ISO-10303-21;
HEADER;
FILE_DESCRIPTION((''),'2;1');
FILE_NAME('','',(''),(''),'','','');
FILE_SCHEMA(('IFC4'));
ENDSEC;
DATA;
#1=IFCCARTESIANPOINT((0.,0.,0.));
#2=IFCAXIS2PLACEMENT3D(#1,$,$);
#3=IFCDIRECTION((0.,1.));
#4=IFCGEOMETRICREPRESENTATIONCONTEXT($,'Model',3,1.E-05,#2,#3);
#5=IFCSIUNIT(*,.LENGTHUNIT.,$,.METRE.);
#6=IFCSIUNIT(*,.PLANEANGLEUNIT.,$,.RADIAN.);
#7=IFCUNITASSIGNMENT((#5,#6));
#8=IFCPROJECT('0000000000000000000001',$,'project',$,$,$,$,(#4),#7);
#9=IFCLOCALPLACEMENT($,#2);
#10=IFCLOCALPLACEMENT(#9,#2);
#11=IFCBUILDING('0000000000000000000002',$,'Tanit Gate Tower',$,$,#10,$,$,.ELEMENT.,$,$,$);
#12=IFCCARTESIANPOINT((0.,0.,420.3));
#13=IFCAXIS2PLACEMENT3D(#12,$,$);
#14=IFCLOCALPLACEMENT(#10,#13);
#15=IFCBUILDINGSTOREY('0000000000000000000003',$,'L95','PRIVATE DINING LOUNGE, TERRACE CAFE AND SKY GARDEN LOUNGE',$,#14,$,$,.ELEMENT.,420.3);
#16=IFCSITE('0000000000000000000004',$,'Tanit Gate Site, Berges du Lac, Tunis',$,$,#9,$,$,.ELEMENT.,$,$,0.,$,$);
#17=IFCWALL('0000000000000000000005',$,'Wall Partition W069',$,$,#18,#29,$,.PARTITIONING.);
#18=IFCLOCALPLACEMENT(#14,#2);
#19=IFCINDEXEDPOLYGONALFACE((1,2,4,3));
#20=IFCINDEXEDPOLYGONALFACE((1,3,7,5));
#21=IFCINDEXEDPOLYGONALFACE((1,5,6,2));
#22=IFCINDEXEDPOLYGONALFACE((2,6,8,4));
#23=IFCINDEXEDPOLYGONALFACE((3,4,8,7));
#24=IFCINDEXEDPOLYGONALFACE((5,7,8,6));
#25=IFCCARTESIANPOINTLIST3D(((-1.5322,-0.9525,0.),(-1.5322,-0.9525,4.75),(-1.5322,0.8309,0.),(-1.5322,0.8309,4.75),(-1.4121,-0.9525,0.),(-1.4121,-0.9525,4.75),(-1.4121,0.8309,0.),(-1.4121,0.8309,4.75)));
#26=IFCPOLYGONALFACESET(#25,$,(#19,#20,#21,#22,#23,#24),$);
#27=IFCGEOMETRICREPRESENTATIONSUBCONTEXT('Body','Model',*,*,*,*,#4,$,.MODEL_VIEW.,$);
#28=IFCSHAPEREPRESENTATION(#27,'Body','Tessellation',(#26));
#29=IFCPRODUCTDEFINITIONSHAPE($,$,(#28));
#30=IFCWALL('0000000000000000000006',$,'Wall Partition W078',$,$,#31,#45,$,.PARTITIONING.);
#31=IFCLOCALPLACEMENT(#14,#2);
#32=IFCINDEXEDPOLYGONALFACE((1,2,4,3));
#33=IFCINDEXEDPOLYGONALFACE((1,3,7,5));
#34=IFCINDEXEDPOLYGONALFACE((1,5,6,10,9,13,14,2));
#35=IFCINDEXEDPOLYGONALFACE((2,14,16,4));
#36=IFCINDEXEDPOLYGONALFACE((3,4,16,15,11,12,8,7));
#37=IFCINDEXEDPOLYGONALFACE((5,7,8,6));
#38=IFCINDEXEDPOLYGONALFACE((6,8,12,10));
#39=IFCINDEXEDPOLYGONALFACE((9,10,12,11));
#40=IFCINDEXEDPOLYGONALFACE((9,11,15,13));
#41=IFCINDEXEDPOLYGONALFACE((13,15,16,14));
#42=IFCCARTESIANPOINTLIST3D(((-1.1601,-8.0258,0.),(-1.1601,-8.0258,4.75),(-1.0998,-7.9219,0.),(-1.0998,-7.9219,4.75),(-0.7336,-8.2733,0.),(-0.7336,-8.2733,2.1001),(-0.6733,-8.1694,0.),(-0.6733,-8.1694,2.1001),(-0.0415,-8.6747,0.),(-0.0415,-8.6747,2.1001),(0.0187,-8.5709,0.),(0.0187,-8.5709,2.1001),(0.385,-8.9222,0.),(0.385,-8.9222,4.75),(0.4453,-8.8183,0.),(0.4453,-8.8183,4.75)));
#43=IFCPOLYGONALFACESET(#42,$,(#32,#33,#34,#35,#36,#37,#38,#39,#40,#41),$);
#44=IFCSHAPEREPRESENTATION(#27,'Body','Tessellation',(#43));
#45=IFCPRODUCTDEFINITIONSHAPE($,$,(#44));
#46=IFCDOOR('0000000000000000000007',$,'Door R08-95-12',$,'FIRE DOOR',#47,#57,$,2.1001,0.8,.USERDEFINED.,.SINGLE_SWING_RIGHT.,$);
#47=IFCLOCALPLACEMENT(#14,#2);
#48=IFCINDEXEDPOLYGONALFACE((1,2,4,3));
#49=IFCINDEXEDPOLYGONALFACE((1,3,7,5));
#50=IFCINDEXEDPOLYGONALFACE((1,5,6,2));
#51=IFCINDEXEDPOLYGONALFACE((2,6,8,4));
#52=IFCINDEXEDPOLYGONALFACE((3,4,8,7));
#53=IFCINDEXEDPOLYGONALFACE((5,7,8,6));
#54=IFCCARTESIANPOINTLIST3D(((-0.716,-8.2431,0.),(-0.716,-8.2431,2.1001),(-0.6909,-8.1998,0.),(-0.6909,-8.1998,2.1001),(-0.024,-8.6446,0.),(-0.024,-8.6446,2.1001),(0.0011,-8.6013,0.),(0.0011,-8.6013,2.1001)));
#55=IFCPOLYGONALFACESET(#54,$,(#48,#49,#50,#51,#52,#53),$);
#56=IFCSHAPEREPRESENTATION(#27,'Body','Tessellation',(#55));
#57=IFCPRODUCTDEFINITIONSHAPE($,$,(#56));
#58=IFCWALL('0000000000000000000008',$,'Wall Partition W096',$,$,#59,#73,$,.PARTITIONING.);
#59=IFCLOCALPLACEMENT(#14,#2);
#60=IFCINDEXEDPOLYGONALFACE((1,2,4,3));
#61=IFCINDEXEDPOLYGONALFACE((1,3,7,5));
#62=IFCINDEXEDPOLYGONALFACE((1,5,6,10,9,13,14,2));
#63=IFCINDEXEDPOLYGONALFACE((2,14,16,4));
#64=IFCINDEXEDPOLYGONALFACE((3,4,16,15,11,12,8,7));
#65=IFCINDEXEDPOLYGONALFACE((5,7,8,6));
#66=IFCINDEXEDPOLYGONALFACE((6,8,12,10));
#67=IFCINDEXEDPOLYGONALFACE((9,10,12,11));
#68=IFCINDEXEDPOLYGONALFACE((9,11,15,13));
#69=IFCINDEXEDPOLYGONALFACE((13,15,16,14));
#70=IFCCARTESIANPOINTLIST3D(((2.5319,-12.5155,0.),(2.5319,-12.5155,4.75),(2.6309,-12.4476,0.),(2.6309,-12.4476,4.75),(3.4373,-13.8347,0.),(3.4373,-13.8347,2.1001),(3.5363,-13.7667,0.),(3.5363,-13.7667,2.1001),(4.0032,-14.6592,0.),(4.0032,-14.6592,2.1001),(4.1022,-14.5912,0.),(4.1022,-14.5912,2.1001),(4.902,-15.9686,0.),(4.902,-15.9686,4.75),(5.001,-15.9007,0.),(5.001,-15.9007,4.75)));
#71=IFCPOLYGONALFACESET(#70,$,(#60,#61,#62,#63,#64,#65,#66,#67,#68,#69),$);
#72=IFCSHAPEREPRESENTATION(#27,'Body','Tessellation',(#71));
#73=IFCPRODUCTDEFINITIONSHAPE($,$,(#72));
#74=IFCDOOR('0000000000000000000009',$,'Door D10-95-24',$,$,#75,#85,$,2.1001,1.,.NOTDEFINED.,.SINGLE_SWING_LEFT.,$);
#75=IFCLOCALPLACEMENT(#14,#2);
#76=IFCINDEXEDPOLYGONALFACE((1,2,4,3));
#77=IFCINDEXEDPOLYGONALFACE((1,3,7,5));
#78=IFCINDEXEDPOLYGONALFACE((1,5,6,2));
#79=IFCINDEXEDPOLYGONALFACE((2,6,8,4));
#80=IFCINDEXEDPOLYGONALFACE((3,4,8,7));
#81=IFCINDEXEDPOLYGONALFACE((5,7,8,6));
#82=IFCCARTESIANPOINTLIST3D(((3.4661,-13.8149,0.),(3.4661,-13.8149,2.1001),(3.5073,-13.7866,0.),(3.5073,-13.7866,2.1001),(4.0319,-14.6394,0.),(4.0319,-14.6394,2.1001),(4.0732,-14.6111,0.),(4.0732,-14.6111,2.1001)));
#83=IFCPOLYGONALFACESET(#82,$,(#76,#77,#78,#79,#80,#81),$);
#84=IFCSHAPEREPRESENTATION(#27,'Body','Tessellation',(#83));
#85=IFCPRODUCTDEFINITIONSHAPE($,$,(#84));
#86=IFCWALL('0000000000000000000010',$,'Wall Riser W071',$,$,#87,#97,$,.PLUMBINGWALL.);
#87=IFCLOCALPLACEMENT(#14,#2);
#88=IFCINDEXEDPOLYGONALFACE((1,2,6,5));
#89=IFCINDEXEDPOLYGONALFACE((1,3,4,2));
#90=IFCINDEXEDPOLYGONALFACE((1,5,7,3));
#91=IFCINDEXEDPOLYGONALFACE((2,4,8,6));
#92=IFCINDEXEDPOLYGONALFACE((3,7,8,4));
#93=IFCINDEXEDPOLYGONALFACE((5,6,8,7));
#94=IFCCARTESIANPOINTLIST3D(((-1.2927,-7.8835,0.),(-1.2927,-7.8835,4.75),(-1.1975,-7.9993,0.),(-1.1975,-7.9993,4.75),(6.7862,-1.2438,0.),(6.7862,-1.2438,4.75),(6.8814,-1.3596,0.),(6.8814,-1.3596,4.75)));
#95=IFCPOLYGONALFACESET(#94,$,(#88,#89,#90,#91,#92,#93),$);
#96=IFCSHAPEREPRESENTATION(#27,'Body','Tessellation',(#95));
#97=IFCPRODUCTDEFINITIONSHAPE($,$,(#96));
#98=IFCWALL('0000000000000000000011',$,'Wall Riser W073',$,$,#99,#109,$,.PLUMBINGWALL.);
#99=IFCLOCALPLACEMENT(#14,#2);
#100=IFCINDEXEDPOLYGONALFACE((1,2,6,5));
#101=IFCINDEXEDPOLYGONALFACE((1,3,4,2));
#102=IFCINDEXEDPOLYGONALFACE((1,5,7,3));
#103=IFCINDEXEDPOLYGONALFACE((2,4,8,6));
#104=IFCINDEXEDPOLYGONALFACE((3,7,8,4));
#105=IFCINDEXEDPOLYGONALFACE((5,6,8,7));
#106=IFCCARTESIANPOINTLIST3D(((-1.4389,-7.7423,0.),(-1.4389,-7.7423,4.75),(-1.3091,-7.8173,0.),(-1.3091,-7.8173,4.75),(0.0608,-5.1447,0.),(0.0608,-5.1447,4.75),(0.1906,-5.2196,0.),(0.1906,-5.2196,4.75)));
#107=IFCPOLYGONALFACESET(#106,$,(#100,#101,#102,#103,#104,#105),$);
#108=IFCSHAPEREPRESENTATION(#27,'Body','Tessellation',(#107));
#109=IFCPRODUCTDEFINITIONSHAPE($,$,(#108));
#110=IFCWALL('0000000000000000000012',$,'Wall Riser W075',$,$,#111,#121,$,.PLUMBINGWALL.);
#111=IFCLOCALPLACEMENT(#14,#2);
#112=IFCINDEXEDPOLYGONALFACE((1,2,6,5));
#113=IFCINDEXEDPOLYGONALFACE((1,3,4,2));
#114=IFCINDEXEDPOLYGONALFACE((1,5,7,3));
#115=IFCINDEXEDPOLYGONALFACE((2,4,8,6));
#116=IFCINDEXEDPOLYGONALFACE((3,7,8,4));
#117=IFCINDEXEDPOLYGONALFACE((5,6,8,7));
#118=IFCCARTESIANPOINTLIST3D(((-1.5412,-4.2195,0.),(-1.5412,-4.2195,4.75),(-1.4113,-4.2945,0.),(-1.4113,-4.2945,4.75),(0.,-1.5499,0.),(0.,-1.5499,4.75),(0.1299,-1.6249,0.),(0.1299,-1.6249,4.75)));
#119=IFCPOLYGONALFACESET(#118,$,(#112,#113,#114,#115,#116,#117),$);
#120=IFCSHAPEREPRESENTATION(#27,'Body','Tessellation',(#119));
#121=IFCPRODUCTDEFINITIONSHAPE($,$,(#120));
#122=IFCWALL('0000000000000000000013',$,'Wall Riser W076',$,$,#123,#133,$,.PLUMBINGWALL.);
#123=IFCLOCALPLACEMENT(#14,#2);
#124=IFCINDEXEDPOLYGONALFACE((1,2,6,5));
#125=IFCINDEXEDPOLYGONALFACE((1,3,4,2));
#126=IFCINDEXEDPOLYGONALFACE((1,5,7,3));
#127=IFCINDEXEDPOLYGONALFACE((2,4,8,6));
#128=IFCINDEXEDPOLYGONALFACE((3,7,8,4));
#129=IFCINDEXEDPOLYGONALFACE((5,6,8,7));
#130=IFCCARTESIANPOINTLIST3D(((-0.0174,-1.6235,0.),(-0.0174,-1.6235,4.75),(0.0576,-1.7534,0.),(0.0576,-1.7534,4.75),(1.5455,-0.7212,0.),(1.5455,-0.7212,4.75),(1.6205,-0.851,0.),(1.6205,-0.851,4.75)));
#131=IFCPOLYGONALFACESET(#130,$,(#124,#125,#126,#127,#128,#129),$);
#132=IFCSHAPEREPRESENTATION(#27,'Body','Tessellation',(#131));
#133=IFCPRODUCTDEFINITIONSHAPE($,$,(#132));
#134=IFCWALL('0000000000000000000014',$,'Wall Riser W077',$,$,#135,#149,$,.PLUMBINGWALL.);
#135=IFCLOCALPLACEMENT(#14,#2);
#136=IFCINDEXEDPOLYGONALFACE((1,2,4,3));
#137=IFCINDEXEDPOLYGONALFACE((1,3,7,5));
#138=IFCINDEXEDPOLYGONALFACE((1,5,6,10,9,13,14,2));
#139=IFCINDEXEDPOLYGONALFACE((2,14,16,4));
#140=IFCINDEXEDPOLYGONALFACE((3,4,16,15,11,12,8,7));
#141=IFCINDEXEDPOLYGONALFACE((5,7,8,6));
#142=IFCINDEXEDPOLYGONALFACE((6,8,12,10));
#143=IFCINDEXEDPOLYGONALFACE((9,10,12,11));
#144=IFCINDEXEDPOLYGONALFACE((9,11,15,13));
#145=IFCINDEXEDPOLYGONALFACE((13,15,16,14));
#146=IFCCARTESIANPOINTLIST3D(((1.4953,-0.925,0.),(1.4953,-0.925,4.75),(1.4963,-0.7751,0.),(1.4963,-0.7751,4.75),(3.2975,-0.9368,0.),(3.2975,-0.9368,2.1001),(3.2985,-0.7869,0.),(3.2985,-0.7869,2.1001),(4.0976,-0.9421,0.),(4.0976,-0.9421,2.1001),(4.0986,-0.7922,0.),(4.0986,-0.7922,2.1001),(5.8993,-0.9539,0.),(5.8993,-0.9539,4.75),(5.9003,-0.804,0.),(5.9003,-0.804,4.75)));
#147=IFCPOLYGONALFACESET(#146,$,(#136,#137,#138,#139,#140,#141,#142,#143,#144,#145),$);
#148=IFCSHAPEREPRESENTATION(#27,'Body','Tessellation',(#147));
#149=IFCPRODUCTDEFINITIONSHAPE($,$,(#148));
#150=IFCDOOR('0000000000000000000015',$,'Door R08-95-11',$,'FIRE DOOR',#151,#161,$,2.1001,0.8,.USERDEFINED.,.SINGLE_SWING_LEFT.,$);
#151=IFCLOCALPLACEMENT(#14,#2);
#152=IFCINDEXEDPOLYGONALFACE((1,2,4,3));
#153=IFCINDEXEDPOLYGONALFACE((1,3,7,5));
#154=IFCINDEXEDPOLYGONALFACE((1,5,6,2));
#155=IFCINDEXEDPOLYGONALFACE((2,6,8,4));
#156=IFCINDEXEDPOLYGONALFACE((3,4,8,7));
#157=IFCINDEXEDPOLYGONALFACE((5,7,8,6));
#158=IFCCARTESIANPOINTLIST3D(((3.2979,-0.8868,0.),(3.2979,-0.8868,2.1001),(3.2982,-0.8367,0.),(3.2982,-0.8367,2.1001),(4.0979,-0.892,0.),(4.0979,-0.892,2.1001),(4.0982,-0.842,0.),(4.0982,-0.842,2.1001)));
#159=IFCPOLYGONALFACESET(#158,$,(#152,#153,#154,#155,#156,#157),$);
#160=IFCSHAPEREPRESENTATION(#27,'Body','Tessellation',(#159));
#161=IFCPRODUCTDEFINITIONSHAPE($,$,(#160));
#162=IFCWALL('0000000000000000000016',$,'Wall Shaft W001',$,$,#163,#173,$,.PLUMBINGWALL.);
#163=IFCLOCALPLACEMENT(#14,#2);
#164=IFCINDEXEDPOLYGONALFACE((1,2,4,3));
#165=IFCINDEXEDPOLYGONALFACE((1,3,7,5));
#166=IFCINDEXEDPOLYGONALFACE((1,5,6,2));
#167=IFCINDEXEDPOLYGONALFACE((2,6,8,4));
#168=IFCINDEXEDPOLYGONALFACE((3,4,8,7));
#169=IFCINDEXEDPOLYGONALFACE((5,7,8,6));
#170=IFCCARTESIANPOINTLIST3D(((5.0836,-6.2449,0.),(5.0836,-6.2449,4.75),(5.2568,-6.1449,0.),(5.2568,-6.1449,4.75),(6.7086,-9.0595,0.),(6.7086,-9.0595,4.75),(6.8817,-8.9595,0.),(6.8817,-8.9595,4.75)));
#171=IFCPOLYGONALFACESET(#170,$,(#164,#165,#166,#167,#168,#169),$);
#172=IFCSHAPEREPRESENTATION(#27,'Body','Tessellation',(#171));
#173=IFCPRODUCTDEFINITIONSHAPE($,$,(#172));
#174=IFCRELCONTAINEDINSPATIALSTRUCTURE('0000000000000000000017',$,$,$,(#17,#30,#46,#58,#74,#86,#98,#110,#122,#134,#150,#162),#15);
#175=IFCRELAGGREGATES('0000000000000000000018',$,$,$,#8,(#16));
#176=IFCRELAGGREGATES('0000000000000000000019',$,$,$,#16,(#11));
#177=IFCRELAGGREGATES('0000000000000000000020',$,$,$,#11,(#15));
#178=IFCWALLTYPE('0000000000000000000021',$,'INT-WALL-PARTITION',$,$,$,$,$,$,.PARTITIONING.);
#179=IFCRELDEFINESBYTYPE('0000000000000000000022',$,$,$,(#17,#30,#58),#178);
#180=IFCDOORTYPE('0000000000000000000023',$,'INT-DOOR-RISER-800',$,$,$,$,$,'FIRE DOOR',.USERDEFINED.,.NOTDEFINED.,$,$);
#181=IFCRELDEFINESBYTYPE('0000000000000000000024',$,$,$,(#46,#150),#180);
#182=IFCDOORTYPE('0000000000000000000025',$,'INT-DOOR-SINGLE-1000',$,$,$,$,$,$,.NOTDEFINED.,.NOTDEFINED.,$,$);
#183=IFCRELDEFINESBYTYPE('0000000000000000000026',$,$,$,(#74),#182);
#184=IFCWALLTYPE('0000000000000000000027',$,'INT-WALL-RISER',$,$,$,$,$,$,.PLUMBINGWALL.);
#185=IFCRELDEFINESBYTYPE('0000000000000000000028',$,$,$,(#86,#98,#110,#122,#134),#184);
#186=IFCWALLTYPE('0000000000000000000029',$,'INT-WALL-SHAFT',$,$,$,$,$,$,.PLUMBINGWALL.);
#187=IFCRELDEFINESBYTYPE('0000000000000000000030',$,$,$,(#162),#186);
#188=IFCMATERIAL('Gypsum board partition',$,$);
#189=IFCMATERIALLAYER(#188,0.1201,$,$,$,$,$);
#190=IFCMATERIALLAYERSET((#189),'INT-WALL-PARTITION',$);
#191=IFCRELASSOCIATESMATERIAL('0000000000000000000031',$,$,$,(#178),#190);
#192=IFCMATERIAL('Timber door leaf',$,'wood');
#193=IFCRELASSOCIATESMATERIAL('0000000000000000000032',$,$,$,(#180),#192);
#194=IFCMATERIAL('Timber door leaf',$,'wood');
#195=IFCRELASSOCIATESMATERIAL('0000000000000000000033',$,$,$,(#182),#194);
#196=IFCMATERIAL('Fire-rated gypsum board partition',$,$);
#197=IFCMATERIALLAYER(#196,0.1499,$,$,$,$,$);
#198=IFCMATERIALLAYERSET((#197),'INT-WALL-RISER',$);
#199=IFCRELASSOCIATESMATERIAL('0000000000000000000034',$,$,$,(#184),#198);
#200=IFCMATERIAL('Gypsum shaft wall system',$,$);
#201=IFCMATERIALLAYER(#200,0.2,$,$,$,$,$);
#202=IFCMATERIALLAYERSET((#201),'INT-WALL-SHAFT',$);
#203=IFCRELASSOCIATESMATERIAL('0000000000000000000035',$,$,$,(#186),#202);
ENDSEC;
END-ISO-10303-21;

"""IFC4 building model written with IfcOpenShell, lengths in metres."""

from ifc_helpers import new_model, si_unit, direction, frame, frame_2d, origin, place, context, subcontext, project, spatial, rectangle, extrude, material, layer, layer_set, type_object, element, fill, save


model = new_model("IFC4")

# Units and contexts
model_context = context("Model", 3, precision=1e-05, world=origin(), true_north=direction((0.0, 1.0)))
body_context = subcontext(model_context, "Body", "Model", "MODEL_VIEW")
ifc_project = project(units=[si_unit("LENGTHUNIT", "METRE"), si_unit("PLANEANGLEUNIT", "RADIAN")], contexts=[model_context])

# Site, building, storey
site_placement = place(None, origin())
site = spatial("IfcSite", under=ifc_project, at=site_placement, Name="Tanit Gate Site, Berges du Lac, Tunis", CompositionType="ELEMENT", RefElevation=0.0)
building_placement = place(site_placement, origin())
building = spatial("IfcBuilding", under=site, at=building_placement, Name="Tanit Gate Tower", CompositionType="ELEMENT")
storey_placement = place(building_placement, frame((0.0, 0.0, 420.3)))
storey = spatial("IfcBuildingStorey", under=building, at=storey_placement, Name="L95", Description="PRIVATE DINING LOUNGE, TERRACE CAFE AND SKY GARDEN LOUNGE", CompositionType="ELEMENT", Elevation=420.3)

# Shared definitions
ifc_material_1 = material(Name="Gypsum board partition")
ifc_layer_1 = layer(ifc_material_1, 0.1201)
ifc_layer_set_1 = layer_set([ifc_layer_1], Name="INT-WALL-PARTITION")
wall_type_1 = type_object("IfcWallType", Name="INT-WALL-PARTITION", PredefinedType="PARTITIONING", material=ifc_layer_set_1)

# Shared definitions
ifc_material_2 = material(Name="Timber door leaf", Category="wood")
door_type_1 = type_object("IfcDoorType", Name="INT-DOOR-RISER-800", ElementType="FIRE DOOR", OperationType="NOTDEFINED", PredefinedType="USERDEFINED", material=ifc_material_2)

# Wall
wall_1_placement = place(storey_placement, frame((-1.4722, -0.9524, 0.0), z_axis=(0.0, 0.0, 1.0), x_axis=(0.0, 1.0, 0.0)))
element("IfcWall", 1, at=wall_1_placement, inside=storey, type_object=wall_type_1, Name="Wall Partition W069", PredefinedType="PARTITIONING", context=body_context, shape_type="SweptSolid", body=[
    extrude(rectangle(XDim=1.7834, YDim=0.1201, at=frame_2d((0.8916, 0.0))), origin(), (0.0, 0.0, 1.0), 4.75),
])

# Walls, openings, doors
wall_2_placement = place(storey_placement, frame((-1.1299, -7.9739, 0.0), z_axis=(0.0, 0.0, 1.0), x_axis=(0.864961, -0.501839, 0.0)))
wall_2 = element("IfcWall", 2, at=wall_2_placement, inside=storey, type_object=wall_type_1, Name="Wall Partition W078", PredefinedType="PARTITIONING", context=body_context, shape_type="SweptSolid", body=[
    extrude(rectangle(XDim=1.7864, YDim=0.1201, at=frame_2d((0.8931, 0.0))), origin(), (0.0, 0.0, 1.0), 4.75),
])
opening_1_placement = place(wall_2_placement, frame((0.4932, 0.0, 0.0)))
opening_1 = element("IfcOpeningElement", 3, at=opening_1_placement, cuts=wall_2, PredefinedType="OPENING", context=body_context, shape_type="SweptSolid", body=[
    extrude(rectangle(XDim=0.8, YDim=2.1001, at=frame_2d((0.3999, 1.05))), frame((0.0, 0.0701, 0.0), z_axis=(0.0, -1.0, 0.0), x_axis=(1.0, 0.0, 0.0)), (0.0, 0.0, 1.0), 0.1401),
])
door_1_placement = place(opening_1_placement, origin())
door_1 = element("IfcDoor", 4, at=door_1_placement, inside=storey, type_object=door_type_1, Name="Door R08-95-12", ObjectType="FIRE DOOR", OperationType="SINGLE_SWING_RIGHT", OverallHeight=2.1001, OverallWidth=0.8, PredefinedType="USERDEFINED", context=body_context, shape_type="SweptSolid", body=[
    extrude(rectangle(XDim=0.8, YDim=2.1001, at=frame_2d((0.3999, 1.05))), frame((0.0, 0.0249, 0.0), z_axis=(0.0, -1.0, 0.0), x_axis=(1.0, 0.0, 0.0)), (0.0, 0.0, 1.0), 0.05),
])
fill(opening_1, door_1)
wall_3_placement = place(storey_placement, frame((2.5813, -12.4814, 0.0), z_axis=(0.0, 0.0, 1.0), x_axis=(0.565895, -0.824477, 0.0)))
wall_3 = element("IfcWall", 5, at=wall_3_placement, inside=storey, type_object=wall_type_1, Name="Wall Partition W096", PredefinedType="PARTITIONING", context=body_context, shape_type="SweptSolid", body=[
    extrude(rectangle(XDim=4.1882, YDim=0.1201, at=frame_2d((2.0942, 0.0))), origin(), (0.0, 0.0, 1.0), 4.75),
])
opening_2_placement = place(wall_3_placement, frame((1.6001, 0.0, 0.0)))
opening_2 = element("IfcOpeningElement", 6, at=opening_2_placement, cuts=wall_3, PredefinedType="OPENING", context=body_context, shape_type="SweptSolid", body=[
    extrude(rectangle(XDim=1.0, YDim=2.1001, at=frame_2d((0.5, 1.05))), frame((0.0, 0.0701, 0.0), z_axis=(0.0, -1.0, 0.0), x_axis=(1.0, 0.0, 0.0)), (0.0, 0.0, 1.0), 0.1401),
])
ifc_material_3 = material(Name="Timber door leaf", Category="wood")
door_type_2 = type_object("IfcDoorType", Name="INT-DOOR-SINGLE-1000", OperationType="NOTDEFINED", PredefinedType="NOTDEFINED", material=ifc_material_3)
door_2_placement = place(opening_2_placement, origin())
door_2 = element("IfcDoor", 7, at=door_2_placement, inside=storey, type_object=door_type_2, Name="Door D10-95-24", OperationType="SINGLE_SWING_LEFT", OverallHeight=2.1001, OverallWidth=1.0, PredefinedType="NOTDEFINED", context=body_context, shape_type="SweptSolid", body=[
    extrude(rectangle(XDim=1.0, YDim=2.1001, at=frame_2d((0.5, 1.05))), frame((0.0, 0.0249, 0.0), z_axis=(0.0, -1.0, 0.0), x_axis=(1.0, 0.0, 0.0)), (0.0, 0.0, 1.0), 0.05),
])
fill(opening_2, door_2)

# Walls
ifc_material_4 = material(Name="Fire-rated gypsum board partition")
ifc_layer_2 = layer(ifc_material_4, 0.1499)
ifc_layer_set_2 = layer_set([ifc_layer_2], Name="INT-WALL-RISER")
wall_type_2 = type_object("IfcWallType", Name="INT-WALL-RISER", PredefinedType="PLUMBINGWALL", material=ifc_layer_set_2)
wall_4_placement = place(storey_placement, frame((6.8337, -1.3018, 0.0), z_axis=(0.0, 0.0, 1.0), x_axis=(-0.772565, -0.634936, 0.0)))
element("IfcWall", 8, at=wall_4_placement, inside=storey, type_object=wall_type_2, Name="Wall Riser W071", PredefinedType="PLUMBINGWALL", context=body_context, shape_type="SweptSolid", body=[
    extrude(rectangle(XDim=10.4573, YDim=0.1499, at=frame_2d((5.2285, 0.0))), origin(), (0.0, 0.0, 1.0), 4.75),
])
wall_5_placement = place(storey_placement, frame((0.1257, -5.1821, 0.0), z_axis=(0.0, 0.0, 1.0), x_axis=(-0.5, -0.866026, 0.0)))
element("IfcWall", 9, at=wall_5_placement, inside=storey, type_object=wall_type_2, Name="Wall Riser W073", PredefinedType="PLUMBINGWALL", context=body_context, shape_type="SweptSolid", body=[
    extrude(rectangle(XDim=2.9995, YDim=0.1499, at=frame_2d((1.4998, 0.0))), origin(), (0.0, 0.0, 1.0), 4.75),
])
wall_6_placement = place(storey_placement, frame((0.0649, -1.5874, 0.0), z_axis=(0.0, 0.0, 1.0), x_axis=(-0.499981, -0.866037, 0.0)))
element("IfcWall", 10, at=wall_6_placement, inside=storey, type_object=wall_type_2, Name="Wall Riser W075", PredefinedType="PLUMBINGWALL", context=body_context, shape_type="SweptSolid", body=[
    extrude(rectangle(XDim=3.0825, YDim=0.1499, at=frame_2d((1.5413, 0.0))), origin(), (0.0, 0.0, 1.0), 4.75),
])
wall_7_placement = place(storey_placement, frame((1.583, -0.7861, 0.0), z_axis=(0.0, 0.0, 1.0), x_axis=(-0.866037, -0.49998, 0.0)))
element("IfcWall", 11, at=wall_7_placement, inside=storey, type_object=wall_type_2, Name="Wall Riser W076", PredefinedType="PLUMBINGWALL", context=body_context, shape_type="SweptSolid", body=[
    extrude(rectangle(XDim=1.8047, YDim=0.1499, at=frame_2d((0.9023, 0.0))), origin(), (0.0, 0.0, 1.0), 4.75),
])

# Wall, opening, door
wall_8_placement = place(storey_placement, frame((5.8999, -0.8789, 0.0), z_axis=(0.0, 0.0, 1.0), x_axis=(-0.999979, 0.006541, 0.0)))
wall_8 = element("IfcWall", 12, at=wall_8_placement, inside=storey, type_object=wall_type_2, Name="Wall Riser W077", PredefinedType="PLUMBINGWALL", context=body_context, shape_type="SweptSolid", body=[
    extrude(rectangle(XDim=4.4041, YDim=0.1499, at=frame_2d((2.2021, 0.0))), origin(), (0.0, 0.0, 1.0), 4.75),
])
opening_3_placement = place(wall_8_placement, frame((1.802, 0.0, 0.0)))
opening_3 = element("IfcOpeningElement", 13, at=opening_3_placement, cuts=wall_8, PredefinedType="OPENING", context=body_context, shape_type="SweptSolid", body=[
    extrude(rectangle(XDim=0.8, YDim=2.1001, at=frame_2d((0.3999, 1.05))), frame((0.0, 0.085, 0.0), z_axis=(0.0, -1.0, 0.0), x_axis=(1.0, 0.0, 0.0)), (0.0, 0.0, 1.0), 0.1699),
])
door_3_placement = place(opening_3_placement, origin())
door_3 = element("IfcDoor", 14, at=door_3_placement, inside=storey, type_object=door_type_1, Name="Door R08-95-11", ObjectType="FIRE DOOR", OperationType="SINGLE_SWING_LEFT", OverallHeight=2.1001, OverallWidth=0.8, PredefinedType="USERDEFINED", context=body_context, shape_type="SweptSolid", body=[
    extrude(rectangle(XDim=0.8, YDim=2.1001, at=frame_2d((0.3999, 1.05))), frame((0.0, 0.0249, 0.0), z_axis=(0.0, -1.0, 0.0), x_axis=(1.0, 0.0, 0.0)), (0.0, 0.0, 1.0), 0.05),
])
fill(opening_3, door_3)

# Wall
ifc_material_5 = material(Name="Gypsum shaft wall system")
ifc_layer_3 = layer(ifc_material_5, 0.2)
ifc_layer_set_3 = layer_set([ifc_layer_3], Name="INT-WALL-SHAFT")
wall_type_3 = type_object("IfcWallType", Name="INT-WALL-SHAFT", PredefinedType="PLUMBINGWALL", material=ifc_layer_set_3)
wall_9_placement = place(storey_placement, frame((6.7952, -9.0095, 0.0), z_axis=(0.0, 0.0, 1.0), x_axis=(-0.499985, 0.866034, 0.0)))
element("IfcWall", 15, at=wall_9_placement, inside=storey, type_object=wall_type_3, Name="Wall Shaft W001", PredefinedType="PLUMBINGWALL", context=body_context, shape_type="SweptSolid", body=[
    extrude(rectangle(XDim=3.25, YDim=0.2, at=frame_2d((1.625, 0.0))), origin(), (0.0, 0.0, 1.0), 4.75),
])

save(model, "model.ifc")
